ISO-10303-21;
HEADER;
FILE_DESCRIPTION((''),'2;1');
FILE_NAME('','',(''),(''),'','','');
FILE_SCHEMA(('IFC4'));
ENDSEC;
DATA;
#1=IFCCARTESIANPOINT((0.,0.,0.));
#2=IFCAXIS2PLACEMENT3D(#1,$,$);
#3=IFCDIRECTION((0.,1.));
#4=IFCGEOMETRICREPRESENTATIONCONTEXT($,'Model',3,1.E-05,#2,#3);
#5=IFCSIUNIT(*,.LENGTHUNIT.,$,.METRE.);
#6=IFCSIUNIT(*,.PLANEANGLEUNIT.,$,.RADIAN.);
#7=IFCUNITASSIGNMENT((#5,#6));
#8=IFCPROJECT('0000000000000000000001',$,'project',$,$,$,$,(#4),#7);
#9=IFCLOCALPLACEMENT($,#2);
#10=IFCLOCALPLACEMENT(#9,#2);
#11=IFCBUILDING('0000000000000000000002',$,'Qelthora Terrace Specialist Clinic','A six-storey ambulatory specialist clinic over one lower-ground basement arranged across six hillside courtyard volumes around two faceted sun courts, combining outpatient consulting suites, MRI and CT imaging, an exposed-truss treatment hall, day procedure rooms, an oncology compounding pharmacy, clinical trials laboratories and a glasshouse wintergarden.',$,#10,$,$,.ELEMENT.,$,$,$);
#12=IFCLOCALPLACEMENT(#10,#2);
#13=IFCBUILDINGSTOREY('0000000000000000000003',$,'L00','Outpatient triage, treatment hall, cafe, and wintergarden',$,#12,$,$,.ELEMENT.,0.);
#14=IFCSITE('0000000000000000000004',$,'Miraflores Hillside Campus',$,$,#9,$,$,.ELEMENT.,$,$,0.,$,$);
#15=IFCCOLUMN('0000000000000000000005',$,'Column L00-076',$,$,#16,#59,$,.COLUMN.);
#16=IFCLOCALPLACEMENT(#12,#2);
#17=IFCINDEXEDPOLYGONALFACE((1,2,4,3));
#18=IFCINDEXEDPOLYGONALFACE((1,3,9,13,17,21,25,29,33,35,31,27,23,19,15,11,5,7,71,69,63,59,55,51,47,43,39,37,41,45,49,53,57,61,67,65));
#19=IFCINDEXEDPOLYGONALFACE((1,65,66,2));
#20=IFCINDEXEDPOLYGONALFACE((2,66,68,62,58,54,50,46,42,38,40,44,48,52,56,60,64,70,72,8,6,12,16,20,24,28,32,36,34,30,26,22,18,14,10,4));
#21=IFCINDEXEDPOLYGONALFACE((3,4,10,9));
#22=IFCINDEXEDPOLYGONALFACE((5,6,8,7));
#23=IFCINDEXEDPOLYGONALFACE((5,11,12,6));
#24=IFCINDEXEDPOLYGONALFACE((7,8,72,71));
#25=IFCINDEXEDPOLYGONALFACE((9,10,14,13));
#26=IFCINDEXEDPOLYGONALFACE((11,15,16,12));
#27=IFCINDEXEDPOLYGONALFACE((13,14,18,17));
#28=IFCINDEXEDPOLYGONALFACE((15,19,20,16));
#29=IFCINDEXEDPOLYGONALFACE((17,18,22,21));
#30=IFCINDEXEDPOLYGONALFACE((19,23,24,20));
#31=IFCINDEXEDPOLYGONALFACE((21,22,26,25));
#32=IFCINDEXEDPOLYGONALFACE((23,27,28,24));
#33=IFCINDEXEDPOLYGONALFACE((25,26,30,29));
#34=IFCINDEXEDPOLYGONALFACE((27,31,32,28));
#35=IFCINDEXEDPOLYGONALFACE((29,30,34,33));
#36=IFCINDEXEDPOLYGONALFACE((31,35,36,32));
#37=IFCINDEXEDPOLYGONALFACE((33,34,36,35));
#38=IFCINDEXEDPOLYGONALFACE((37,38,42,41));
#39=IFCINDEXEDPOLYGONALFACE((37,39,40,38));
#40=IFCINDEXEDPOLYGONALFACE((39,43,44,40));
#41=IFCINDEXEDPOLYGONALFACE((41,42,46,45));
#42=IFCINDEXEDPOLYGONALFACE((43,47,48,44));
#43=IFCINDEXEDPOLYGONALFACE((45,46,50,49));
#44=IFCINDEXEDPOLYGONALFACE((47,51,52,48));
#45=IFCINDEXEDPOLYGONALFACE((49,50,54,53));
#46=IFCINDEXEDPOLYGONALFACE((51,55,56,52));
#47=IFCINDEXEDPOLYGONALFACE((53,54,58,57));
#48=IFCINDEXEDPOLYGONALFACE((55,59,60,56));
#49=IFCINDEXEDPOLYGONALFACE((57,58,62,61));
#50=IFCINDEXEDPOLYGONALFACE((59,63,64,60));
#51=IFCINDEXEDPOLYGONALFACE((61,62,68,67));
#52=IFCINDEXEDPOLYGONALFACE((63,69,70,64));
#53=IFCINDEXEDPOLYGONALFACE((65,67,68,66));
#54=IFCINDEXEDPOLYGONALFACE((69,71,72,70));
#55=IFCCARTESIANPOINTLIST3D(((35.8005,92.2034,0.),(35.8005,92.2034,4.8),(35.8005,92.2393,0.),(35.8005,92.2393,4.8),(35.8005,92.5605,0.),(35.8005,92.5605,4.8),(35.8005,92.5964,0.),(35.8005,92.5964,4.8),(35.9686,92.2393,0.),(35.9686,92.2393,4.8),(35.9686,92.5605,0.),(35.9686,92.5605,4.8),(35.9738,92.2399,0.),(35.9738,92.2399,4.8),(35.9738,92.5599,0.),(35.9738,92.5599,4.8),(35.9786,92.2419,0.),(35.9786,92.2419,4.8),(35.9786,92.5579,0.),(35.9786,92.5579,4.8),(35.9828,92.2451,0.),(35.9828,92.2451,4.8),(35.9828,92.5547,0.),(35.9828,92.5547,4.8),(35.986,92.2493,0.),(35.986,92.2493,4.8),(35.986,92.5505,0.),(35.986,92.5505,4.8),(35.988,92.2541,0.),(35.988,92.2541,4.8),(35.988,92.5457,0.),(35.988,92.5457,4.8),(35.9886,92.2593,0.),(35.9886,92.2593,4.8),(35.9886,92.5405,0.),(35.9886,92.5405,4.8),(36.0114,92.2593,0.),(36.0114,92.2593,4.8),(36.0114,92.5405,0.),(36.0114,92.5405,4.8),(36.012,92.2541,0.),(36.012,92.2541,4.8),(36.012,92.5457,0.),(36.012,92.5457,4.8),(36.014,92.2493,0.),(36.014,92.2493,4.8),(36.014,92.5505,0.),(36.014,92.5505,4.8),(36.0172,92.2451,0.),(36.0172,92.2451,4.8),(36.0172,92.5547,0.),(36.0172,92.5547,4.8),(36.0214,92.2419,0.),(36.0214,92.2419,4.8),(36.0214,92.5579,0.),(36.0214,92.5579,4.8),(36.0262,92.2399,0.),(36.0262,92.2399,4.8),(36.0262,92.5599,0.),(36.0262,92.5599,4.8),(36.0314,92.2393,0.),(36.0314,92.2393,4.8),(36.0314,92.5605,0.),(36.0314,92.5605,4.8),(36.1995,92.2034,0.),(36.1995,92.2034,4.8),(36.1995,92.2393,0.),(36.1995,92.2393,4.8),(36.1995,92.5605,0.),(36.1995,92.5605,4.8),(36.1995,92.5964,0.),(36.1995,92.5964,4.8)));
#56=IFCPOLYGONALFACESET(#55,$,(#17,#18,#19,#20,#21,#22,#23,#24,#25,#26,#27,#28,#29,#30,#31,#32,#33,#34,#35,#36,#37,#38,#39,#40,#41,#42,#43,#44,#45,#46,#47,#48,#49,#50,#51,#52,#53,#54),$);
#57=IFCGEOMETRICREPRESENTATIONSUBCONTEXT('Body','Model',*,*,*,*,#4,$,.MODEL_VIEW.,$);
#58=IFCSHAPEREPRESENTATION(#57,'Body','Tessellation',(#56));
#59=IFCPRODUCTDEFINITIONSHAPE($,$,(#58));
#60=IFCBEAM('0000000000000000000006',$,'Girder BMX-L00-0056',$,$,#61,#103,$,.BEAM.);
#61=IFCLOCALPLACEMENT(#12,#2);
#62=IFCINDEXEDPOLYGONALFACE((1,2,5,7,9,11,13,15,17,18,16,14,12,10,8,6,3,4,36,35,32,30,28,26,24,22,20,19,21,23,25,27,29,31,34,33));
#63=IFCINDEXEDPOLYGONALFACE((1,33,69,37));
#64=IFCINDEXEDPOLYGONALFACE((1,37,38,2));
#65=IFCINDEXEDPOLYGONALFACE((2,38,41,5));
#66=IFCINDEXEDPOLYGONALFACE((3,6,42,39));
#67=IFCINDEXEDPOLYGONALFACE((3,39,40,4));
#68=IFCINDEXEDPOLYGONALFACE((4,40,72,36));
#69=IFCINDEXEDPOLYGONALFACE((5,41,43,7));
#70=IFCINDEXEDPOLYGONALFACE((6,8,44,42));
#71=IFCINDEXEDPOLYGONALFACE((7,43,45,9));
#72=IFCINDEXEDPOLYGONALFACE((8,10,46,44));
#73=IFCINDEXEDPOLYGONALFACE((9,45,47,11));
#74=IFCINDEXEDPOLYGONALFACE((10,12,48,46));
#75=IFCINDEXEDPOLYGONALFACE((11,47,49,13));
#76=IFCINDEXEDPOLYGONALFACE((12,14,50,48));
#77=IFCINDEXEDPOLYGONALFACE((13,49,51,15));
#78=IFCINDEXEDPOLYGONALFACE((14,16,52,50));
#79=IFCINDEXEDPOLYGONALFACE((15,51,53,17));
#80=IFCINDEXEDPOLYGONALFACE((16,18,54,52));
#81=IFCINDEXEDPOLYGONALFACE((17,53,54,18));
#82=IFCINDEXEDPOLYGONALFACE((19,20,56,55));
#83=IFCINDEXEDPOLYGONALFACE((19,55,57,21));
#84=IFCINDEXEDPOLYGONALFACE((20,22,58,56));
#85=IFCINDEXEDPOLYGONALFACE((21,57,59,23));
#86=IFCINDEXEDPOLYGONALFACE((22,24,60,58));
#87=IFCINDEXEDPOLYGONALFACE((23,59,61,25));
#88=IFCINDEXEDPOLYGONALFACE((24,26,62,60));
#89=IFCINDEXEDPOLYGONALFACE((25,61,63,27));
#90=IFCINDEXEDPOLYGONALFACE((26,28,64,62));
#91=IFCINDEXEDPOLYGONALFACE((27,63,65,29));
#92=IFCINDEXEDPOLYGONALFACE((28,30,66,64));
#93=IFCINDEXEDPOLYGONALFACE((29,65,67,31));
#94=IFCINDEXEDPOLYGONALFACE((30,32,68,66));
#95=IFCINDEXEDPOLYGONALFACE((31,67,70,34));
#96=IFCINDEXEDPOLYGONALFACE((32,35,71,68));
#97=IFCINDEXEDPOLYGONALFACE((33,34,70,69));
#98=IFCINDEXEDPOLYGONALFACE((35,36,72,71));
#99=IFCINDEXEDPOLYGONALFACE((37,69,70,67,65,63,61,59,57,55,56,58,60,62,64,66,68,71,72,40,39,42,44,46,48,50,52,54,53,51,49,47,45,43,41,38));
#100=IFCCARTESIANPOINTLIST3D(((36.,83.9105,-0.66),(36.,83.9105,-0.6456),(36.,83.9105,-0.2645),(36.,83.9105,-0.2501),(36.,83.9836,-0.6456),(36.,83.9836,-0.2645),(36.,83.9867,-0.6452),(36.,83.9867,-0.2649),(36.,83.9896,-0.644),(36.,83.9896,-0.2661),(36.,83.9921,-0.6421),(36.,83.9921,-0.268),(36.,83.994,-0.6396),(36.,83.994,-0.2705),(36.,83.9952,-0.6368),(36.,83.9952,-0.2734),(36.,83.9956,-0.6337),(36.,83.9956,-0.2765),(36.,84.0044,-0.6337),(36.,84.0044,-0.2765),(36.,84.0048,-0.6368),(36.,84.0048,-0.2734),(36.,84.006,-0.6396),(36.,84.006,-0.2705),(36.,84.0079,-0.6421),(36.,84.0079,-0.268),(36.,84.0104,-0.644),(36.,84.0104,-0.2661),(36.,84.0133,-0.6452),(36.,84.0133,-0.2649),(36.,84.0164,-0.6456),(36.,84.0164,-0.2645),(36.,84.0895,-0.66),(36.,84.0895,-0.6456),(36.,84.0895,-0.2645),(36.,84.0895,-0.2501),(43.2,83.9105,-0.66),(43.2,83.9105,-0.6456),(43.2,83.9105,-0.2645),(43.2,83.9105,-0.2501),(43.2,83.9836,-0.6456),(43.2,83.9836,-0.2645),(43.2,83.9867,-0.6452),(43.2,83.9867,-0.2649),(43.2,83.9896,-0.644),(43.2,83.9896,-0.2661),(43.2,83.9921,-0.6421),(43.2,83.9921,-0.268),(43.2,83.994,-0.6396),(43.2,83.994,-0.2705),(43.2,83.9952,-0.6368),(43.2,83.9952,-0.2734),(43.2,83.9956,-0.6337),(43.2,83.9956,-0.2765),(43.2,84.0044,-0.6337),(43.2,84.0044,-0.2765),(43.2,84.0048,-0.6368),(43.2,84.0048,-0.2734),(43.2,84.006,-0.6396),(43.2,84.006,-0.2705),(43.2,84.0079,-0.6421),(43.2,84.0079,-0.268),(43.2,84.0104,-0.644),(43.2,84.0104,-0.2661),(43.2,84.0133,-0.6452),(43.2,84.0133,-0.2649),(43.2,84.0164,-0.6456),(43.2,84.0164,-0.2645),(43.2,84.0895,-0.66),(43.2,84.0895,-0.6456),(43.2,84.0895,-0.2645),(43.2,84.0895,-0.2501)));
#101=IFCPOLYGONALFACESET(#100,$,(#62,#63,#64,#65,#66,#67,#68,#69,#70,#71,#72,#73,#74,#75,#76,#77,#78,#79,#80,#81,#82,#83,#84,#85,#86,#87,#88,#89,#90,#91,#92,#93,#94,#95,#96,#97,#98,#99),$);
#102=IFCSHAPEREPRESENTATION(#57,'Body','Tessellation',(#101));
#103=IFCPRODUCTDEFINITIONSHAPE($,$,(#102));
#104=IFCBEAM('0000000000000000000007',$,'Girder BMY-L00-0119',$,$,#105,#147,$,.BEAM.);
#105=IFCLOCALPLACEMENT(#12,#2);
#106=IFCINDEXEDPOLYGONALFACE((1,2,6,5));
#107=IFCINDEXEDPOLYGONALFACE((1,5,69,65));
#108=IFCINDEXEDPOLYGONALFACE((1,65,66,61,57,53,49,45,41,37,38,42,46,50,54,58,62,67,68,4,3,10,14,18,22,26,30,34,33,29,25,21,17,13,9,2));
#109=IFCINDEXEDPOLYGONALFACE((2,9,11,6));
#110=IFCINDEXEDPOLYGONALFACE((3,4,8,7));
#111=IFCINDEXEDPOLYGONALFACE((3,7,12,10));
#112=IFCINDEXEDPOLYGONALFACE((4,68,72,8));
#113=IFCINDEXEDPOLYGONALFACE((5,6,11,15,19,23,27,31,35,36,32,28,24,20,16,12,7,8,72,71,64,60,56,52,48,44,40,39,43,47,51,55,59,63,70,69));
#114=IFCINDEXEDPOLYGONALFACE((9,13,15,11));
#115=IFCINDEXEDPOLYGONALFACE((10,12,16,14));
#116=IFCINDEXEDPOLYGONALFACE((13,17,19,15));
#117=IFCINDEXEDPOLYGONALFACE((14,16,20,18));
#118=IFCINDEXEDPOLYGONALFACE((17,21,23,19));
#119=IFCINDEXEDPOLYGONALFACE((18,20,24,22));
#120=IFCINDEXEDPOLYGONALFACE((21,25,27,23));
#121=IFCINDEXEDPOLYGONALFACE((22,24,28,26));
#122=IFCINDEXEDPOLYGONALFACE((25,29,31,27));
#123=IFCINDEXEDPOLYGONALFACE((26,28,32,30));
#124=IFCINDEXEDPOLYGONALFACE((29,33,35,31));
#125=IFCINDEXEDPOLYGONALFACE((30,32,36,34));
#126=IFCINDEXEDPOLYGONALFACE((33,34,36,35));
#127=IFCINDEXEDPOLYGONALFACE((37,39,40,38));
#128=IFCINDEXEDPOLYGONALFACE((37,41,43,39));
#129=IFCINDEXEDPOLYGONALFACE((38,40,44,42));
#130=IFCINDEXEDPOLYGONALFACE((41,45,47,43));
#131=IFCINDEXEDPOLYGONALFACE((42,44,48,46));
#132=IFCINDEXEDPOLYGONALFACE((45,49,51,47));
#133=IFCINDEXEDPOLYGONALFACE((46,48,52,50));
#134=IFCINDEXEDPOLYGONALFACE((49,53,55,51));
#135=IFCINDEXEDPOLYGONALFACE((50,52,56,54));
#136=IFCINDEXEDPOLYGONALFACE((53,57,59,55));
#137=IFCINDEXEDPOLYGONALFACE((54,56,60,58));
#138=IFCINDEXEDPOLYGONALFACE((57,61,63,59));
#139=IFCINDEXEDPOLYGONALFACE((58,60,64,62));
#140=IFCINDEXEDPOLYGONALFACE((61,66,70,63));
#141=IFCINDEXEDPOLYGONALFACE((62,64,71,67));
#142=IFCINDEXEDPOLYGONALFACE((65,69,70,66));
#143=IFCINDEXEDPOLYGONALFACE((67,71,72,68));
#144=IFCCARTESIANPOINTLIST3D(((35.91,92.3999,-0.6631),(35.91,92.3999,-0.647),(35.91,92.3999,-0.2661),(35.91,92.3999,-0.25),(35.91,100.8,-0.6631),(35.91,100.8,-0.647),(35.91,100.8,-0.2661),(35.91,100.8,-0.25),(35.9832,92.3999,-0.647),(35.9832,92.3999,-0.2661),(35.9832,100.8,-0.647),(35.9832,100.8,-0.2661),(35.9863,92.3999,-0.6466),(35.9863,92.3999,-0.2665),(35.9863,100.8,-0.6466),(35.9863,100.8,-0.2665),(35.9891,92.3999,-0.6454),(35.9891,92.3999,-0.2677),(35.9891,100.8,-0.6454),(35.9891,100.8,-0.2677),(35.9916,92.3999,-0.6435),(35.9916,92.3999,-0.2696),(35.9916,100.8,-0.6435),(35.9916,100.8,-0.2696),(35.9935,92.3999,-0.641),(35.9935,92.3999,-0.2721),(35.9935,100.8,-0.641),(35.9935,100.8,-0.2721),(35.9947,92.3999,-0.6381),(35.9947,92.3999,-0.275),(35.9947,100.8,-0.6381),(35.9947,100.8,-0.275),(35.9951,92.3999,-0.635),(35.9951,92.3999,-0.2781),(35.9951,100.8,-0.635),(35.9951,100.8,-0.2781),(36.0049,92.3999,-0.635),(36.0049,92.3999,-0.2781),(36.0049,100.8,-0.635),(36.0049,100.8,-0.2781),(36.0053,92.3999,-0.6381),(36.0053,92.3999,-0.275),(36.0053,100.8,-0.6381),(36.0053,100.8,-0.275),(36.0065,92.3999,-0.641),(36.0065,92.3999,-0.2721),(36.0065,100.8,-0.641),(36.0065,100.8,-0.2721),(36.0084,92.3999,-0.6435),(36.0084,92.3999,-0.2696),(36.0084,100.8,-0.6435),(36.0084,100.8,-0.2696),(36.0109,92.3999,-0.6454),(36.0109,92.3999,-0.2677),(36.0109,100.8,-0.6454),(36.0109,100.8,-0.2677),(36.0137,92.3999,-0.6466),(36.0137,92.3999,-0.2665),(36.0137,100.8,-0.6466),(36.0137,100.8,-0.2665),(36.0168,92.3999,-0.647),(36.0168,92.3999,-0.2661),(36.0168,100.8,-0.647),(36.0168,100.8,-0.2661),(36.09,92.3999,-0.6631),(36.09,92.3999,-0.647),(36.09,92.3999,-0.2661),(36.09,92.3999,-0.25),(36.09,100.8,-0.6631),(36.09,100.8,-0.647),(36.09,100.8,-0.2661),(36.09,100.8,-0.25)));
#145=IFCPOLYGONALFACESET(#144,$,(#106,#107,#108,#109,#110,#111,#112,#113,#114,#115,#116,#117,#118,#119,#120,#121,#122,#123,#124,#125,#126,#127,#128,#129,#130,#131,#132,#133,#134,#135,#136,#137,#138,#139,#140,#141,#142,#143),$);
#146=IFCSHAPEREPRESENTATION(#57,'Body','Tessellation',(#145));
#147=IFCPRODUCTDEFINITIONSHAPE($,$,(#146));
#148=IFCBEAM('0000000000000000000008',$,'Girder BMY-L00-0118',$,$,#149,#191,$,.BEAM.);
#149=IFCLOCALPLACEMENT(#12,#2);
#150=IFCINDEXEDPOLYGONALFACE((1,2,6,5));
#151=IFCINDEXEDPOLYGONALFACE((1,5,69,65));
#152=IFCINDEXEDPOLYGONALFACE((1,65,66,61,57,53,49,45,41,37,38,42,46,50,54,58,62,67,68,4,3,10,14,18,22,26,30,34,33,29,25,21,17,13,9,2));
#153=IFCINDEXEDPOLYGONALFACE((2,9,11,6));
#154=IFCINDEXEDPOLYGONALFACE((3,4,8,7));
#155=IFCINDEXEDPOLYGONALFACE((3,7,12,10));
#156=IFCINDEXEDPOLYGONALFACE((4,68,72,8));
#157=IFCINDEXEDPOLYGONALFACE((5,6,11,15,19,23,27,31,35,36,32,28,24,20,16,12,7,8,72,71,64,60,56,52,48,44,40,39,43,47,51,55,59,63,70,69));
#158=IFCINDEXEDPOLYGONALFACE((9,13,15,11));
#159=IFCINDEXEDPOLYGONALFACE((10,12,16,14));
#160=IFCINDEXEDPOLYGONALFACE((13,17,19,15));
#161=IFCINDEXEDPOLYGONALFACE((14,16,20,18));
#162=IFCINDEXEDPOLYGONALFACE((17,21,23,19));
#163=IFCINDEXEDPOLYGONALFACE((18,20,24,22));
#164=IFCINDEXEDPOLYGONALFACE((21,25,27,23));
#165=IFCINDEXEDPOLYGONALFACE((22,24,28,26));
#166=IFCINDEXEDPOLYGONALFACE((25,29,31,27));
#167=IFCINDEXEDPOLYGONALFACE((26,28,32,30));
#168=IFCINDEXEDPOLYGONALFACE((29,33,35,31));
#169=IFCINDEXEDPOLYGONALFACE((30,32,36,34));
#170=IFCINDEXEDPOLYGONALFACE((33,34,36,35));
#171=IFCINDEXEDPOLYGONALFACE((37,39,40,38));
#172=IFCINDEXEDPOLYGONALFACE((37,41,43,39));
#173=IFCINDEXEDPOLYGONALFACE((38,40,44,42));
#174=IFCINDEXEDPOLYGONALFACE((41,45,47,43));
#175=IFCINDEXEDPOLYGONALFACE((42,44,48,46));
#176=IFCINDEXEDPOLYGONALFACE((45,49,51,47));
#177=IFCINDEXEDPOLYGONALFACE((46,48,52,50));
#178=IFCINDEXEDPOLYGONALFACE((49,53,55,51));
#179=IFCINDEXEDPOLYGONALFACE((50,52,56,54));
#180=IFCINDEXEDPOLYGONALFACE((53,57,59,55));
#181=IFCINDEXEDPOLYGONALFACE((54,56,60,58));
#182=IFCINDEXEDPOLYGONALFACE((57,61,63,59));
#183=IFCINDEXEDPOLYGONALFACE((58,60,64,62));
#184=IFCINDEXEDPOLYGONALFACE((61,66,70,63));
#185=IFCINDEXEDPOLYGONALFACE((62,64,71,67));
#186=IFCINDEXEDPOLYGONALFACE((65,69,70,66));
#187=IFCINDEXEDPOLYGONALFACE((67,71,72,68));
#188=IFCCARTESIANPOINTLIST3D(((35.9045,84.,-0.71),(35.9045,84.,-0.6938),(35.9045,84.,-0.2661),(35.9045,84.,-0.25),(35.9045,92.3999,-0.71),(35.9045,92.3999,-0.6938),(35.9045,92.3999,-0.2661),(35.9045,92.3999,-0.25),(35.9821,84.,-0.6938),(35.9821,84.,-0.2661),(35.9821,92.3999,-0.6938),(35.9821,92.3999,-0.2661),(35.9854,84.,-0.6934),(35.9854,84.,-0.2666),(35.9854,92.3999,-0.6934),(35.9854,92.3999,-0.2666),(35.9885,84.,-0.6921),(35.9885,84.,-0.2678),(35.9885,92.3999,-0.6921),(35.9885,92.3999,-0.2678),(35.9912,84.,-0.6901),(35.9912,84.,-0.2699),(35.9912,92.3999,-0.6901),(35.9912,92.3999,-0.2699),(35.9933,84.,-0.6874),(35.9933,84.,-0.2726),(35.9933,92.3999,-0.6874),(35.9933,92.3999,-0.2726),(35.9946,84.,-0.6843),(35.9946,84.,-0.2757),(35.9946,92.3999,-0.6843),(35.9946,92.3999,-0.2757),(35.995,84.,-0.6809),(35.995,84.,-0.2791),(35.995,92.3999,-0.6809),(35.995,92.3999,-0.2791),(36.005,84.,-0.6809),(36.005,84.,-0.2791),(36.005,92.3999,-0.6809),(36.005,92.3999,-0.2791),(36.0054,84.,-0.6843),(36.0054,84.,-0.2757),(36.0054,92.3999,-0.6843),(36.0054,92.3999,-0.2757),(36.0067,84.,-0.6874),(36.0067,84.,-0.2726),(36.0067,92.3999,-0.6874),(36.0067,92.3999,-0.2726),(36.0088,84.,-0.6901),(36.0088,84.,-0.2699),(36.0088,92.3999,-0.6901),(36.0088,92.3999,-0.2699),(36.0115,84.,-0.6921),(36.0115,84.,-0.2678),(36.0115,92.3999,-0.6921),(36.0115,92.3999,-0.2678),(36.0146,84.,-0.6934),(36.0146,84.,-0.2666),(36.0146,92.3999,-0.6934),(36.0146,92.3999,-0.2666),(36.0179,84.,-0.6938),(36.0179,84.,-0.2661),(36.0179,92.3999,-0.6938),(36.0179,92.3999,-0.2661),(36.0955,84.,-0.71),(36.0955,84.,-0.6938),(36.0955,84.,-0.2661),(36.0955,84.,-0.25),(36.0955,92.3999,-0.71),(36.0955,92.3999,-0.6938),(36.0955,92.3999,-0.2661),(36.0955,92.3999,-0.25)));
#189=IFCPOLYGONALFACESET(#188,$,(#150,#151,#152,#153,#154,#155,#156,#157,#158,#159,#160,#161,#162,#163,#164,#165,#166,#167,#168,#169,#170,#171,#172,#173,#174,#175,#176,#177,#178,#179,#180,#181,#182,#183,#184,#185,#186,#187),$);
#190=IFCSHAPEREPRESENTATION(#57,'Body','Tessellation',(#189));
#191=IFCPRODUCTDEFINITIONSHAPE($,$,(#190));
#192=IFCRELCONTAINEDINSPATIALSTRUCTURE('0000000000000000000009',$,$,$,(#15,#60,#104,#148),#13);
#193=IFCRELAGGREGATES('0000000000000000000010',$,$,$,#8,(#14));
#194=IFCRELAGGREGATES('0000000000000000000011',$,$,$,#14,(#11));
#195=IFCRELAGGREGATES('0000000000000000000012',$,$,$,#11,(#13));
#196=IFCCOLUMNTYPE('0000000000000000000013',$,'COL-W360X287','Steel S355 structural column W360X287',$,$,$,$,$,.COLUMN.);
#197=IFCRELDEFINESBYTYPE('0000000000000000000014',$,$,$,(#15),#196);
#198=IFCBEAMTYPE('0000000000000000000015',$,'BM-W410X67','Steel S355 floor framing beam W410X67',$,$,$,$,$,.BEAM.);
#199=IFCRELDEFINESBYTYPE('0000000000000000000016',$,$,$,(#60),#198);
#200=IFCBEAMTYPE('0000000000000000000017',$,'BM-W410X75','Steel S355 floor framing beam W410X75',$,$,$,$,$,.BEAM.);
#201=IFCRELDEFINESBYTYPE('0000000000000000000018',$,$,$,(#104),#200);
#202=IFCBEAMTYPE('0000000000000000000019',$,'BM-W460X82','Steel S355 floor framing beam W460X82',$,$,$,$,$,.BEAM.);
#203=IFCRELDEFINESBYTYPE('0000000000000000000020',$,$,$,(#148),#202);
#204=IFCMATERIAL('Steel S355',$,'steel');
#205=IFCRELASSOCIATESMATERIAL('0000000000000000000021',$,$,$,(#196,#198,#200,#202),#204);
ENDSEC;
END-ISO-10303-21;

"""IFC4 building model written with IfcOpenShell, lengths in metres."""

from ifc_helpers import new_model, si_unit, direction, frame, origin, origin_2d, place, context, subcontext, project, spatial, i_section, extrude, material, material_profile, profile_set, type_object, element, save


model = new_model("IFC4")

# Units and contexts
model_context = context("Model", 3, precision=1e-05, world=origin(), true_north=direction((0.0, 1.0)))
body_context = subcontext(model_context, "Body", "Model", "MODEL_VIEW")
ifc_project = project(units=[si_unit("LENGTHUNIT", "METRE"), si_unit("PLANEANGLEUNIT", "RADIAN")], contexts=[model_context])

# Site, building, storey
site_placement = place(None, origin())
site = spatial("IfcSite", under=ifc_project, at=site_placement, Name="Miraflores Hillside Campus", CompositionType="ELEMENT", RefElevation=0.0)
building_placement = place(site_placement, origin())
building = spatial("IfcBuilding", under=site, at=building_placement, Name="Qelthora Terrace Specialist Clinic", Description="A six-storey ambulatory specialist clinic over one lower-ground basement arranged across six hillside courtyard volumes around two faceted sun courts, combining outpatient consulting suites, MRI and CT imaging, an exposed-truss treatment hall, day procedure rooms, an oncology compounding pharmacy, clinical trials laboratories and a glasshouse wintergarden.", CompositionType="ELEMENT")
storey_placement = place(building_placement, origin())
storey = spatial("IfcBuildingStorey", under=building, at=storey_placement, Name="L00", Description="Outpatient triage, treatment hall, cafe, and wintergarden", CompositionType="ELEMENT", Elevation=0.0)

# Column
ifc_material_1 = material(Name="Steel S355", Category="steel")
ifc_material_profile_1 = material_profile(ifc_material_1, i_section(OverallWidth=0.3989, OverallDepth=0.3931, WebThickness=0.0227, FlangeThickness=0.0359, FilletRadius=0.02, at=origin_2d()), Name="W360X287")
ifc_profile_set_1 = profile_set([ifc_material_profile_1], Name="Steel S355")
column_type = type_object("IfcColumnType", Name="COL-W360X287", Description="Steel S355 structural column W360X287", PredefinedType="COLUMN", material=ifc_profile_set_1)
column_placement = place(storey_placement, frame((36.0, 92.3999, 0.0), z_axis=(0.0, 0.0, 1.0), x_axis=(1.0, 0.0, 0.0)))
element("IfcColumn", 1, at=column_placement, inside=storey, type_object=column_type, Name="Column L00-076", PredefinedType="COLUMN", context=body_context, shape_type="SweptSolid", body=[
    extrude(i_section(OverallWidth=0.3989, OverallDepth=0.3931, WebThickness=0.0227, FlangeThickness=0.0359, FilletRadius=0.02, at=origin_2d()), origin(), (0.0, 0.0, 1.0), 4.8),
])

# Beams
ifc_material_profile_2 = material_profile(ifc_material_1, i_section(OverallWidth=0.179, OverallDepth=0.4099, WebThickness=0.0088, FlangeThickness=0.0144, FilletRadius=0.012, at=origin_2d()), Name="W410X67")
ifc_profile_set_2 = profile_set([ifc_material_profile_2], Name="Steel S355")
beam_type_1 = type_object("IfcBeamType", Name="BM-W410X67", Description="Steel S355 floor framing beam W410X67", PredefinedType="BEAM", material=ifc_profile_set_2)
beam_1_placement = place(storey_placement, frame((36.0, 84.0, -0.4551), z_axis=(1.0, 0.0, 0.0), x_axis=(0.0, 1.0, 0.0)))
element("IfcBeam", 2, at=beam_1_placement, inside=storey, type_object=beam_type_1, Name="Girder BMX-L00-0056", PredefinedType="BEAM", context=body_context, shape_type="SweptSolid", body=[
    extrude(i_section(OverallWidth=0.179, OverallDepth=0.4099, WebThickness=0.0088, FlangeThickness=0.0144, FilletRadius=0.012, at=origin_2d()), origin(), (0.0, 0.0, 1.0), 7.2),
])
ifc_material_profile_3 = material_profile(ifc_material_1, i_section(OverallWidth=0.1799, OverallDepth=0.4131, WebThickness=0.0098, FlangeThickness=0.0161, FilletRadius=0.012, at=origin_2d()), Name="W410X75")
ifc_profile_set_3 = profile_set([ifc_material_profile_3], Name="Steel S355")
beam_type_2 = type_object("IfcBeamType", Name="BM-W410X75", Description="Steel S355 floor framing beam W410X75", PredefinedType="BEAM", material=ifc_profile_set_3)
beam_2_placement = place(storey_placement, frame((36.0, 92.3999, -0.4565), z_axis=(0.0, 1.0, 0.0), x_axis=(-1.0, 0.0, 0.0)))
element("IfcBeam", 3, at=beam_2_placement, inside=storey, type_object=beam_type_2, Name="Girder BMY-L00-0119", PredefinedType="BEAM", context=body_context, shape_type="SweptSolid", body=[
    extrude(i_section(OverallWidth=0.1799, OverallDepth=0.4131, WebThickness=0.0098, FlangeThickness=0.0161, FilletRadius=0.012, at=origin_2d()), origin(), (0.0, 0.0, 1.0), 8.4001),
])
ifc_material_profile_4 = material_profile(ifc_material_1, i_section(OverallWidth=0.1909, OverallDepth=0.46, WebThickness=0.01, FlangeThickness=0.0161, FilletRadius=0.0129, at=origin_2d()), Name="W460X82")
ifc_profile_set_4 = profile_set([ifc_material_profile_4], Name="Steel S355")
beam_type_3 = type_object("IfcBeamType", Name="BM-W460X82", Description="Steel S355 floor framing beam W460X82", PredefinedType="BEAM", material=ifc_profile_set_4)
beam_3_placement = place(storey_placement, frame((36.0, 84.0, -0.48), z_axis=(0.0, 1.0, 0.0), x_axis=(-1.0, 0.0, 0.0)))
element("IfcBeam", 4, at=beam_3_placement, inside=storey, type_object=beam_type_3, Name="Girder BMY-L00-0118", PredefinedType="BEAM", context=body_context, shape_type="SweptSolid", body=[
    extrude(i_section(OverallWidth=0.1909, OverallDepth=0.46, WebThickness=0.01, FlangeThickness=0.0161, FilletRadius=0.0129, at=origin_2d()), origin(), (0.0, 0.0, 1.0), 8.3999),
])

save(model, "model.ifc")
